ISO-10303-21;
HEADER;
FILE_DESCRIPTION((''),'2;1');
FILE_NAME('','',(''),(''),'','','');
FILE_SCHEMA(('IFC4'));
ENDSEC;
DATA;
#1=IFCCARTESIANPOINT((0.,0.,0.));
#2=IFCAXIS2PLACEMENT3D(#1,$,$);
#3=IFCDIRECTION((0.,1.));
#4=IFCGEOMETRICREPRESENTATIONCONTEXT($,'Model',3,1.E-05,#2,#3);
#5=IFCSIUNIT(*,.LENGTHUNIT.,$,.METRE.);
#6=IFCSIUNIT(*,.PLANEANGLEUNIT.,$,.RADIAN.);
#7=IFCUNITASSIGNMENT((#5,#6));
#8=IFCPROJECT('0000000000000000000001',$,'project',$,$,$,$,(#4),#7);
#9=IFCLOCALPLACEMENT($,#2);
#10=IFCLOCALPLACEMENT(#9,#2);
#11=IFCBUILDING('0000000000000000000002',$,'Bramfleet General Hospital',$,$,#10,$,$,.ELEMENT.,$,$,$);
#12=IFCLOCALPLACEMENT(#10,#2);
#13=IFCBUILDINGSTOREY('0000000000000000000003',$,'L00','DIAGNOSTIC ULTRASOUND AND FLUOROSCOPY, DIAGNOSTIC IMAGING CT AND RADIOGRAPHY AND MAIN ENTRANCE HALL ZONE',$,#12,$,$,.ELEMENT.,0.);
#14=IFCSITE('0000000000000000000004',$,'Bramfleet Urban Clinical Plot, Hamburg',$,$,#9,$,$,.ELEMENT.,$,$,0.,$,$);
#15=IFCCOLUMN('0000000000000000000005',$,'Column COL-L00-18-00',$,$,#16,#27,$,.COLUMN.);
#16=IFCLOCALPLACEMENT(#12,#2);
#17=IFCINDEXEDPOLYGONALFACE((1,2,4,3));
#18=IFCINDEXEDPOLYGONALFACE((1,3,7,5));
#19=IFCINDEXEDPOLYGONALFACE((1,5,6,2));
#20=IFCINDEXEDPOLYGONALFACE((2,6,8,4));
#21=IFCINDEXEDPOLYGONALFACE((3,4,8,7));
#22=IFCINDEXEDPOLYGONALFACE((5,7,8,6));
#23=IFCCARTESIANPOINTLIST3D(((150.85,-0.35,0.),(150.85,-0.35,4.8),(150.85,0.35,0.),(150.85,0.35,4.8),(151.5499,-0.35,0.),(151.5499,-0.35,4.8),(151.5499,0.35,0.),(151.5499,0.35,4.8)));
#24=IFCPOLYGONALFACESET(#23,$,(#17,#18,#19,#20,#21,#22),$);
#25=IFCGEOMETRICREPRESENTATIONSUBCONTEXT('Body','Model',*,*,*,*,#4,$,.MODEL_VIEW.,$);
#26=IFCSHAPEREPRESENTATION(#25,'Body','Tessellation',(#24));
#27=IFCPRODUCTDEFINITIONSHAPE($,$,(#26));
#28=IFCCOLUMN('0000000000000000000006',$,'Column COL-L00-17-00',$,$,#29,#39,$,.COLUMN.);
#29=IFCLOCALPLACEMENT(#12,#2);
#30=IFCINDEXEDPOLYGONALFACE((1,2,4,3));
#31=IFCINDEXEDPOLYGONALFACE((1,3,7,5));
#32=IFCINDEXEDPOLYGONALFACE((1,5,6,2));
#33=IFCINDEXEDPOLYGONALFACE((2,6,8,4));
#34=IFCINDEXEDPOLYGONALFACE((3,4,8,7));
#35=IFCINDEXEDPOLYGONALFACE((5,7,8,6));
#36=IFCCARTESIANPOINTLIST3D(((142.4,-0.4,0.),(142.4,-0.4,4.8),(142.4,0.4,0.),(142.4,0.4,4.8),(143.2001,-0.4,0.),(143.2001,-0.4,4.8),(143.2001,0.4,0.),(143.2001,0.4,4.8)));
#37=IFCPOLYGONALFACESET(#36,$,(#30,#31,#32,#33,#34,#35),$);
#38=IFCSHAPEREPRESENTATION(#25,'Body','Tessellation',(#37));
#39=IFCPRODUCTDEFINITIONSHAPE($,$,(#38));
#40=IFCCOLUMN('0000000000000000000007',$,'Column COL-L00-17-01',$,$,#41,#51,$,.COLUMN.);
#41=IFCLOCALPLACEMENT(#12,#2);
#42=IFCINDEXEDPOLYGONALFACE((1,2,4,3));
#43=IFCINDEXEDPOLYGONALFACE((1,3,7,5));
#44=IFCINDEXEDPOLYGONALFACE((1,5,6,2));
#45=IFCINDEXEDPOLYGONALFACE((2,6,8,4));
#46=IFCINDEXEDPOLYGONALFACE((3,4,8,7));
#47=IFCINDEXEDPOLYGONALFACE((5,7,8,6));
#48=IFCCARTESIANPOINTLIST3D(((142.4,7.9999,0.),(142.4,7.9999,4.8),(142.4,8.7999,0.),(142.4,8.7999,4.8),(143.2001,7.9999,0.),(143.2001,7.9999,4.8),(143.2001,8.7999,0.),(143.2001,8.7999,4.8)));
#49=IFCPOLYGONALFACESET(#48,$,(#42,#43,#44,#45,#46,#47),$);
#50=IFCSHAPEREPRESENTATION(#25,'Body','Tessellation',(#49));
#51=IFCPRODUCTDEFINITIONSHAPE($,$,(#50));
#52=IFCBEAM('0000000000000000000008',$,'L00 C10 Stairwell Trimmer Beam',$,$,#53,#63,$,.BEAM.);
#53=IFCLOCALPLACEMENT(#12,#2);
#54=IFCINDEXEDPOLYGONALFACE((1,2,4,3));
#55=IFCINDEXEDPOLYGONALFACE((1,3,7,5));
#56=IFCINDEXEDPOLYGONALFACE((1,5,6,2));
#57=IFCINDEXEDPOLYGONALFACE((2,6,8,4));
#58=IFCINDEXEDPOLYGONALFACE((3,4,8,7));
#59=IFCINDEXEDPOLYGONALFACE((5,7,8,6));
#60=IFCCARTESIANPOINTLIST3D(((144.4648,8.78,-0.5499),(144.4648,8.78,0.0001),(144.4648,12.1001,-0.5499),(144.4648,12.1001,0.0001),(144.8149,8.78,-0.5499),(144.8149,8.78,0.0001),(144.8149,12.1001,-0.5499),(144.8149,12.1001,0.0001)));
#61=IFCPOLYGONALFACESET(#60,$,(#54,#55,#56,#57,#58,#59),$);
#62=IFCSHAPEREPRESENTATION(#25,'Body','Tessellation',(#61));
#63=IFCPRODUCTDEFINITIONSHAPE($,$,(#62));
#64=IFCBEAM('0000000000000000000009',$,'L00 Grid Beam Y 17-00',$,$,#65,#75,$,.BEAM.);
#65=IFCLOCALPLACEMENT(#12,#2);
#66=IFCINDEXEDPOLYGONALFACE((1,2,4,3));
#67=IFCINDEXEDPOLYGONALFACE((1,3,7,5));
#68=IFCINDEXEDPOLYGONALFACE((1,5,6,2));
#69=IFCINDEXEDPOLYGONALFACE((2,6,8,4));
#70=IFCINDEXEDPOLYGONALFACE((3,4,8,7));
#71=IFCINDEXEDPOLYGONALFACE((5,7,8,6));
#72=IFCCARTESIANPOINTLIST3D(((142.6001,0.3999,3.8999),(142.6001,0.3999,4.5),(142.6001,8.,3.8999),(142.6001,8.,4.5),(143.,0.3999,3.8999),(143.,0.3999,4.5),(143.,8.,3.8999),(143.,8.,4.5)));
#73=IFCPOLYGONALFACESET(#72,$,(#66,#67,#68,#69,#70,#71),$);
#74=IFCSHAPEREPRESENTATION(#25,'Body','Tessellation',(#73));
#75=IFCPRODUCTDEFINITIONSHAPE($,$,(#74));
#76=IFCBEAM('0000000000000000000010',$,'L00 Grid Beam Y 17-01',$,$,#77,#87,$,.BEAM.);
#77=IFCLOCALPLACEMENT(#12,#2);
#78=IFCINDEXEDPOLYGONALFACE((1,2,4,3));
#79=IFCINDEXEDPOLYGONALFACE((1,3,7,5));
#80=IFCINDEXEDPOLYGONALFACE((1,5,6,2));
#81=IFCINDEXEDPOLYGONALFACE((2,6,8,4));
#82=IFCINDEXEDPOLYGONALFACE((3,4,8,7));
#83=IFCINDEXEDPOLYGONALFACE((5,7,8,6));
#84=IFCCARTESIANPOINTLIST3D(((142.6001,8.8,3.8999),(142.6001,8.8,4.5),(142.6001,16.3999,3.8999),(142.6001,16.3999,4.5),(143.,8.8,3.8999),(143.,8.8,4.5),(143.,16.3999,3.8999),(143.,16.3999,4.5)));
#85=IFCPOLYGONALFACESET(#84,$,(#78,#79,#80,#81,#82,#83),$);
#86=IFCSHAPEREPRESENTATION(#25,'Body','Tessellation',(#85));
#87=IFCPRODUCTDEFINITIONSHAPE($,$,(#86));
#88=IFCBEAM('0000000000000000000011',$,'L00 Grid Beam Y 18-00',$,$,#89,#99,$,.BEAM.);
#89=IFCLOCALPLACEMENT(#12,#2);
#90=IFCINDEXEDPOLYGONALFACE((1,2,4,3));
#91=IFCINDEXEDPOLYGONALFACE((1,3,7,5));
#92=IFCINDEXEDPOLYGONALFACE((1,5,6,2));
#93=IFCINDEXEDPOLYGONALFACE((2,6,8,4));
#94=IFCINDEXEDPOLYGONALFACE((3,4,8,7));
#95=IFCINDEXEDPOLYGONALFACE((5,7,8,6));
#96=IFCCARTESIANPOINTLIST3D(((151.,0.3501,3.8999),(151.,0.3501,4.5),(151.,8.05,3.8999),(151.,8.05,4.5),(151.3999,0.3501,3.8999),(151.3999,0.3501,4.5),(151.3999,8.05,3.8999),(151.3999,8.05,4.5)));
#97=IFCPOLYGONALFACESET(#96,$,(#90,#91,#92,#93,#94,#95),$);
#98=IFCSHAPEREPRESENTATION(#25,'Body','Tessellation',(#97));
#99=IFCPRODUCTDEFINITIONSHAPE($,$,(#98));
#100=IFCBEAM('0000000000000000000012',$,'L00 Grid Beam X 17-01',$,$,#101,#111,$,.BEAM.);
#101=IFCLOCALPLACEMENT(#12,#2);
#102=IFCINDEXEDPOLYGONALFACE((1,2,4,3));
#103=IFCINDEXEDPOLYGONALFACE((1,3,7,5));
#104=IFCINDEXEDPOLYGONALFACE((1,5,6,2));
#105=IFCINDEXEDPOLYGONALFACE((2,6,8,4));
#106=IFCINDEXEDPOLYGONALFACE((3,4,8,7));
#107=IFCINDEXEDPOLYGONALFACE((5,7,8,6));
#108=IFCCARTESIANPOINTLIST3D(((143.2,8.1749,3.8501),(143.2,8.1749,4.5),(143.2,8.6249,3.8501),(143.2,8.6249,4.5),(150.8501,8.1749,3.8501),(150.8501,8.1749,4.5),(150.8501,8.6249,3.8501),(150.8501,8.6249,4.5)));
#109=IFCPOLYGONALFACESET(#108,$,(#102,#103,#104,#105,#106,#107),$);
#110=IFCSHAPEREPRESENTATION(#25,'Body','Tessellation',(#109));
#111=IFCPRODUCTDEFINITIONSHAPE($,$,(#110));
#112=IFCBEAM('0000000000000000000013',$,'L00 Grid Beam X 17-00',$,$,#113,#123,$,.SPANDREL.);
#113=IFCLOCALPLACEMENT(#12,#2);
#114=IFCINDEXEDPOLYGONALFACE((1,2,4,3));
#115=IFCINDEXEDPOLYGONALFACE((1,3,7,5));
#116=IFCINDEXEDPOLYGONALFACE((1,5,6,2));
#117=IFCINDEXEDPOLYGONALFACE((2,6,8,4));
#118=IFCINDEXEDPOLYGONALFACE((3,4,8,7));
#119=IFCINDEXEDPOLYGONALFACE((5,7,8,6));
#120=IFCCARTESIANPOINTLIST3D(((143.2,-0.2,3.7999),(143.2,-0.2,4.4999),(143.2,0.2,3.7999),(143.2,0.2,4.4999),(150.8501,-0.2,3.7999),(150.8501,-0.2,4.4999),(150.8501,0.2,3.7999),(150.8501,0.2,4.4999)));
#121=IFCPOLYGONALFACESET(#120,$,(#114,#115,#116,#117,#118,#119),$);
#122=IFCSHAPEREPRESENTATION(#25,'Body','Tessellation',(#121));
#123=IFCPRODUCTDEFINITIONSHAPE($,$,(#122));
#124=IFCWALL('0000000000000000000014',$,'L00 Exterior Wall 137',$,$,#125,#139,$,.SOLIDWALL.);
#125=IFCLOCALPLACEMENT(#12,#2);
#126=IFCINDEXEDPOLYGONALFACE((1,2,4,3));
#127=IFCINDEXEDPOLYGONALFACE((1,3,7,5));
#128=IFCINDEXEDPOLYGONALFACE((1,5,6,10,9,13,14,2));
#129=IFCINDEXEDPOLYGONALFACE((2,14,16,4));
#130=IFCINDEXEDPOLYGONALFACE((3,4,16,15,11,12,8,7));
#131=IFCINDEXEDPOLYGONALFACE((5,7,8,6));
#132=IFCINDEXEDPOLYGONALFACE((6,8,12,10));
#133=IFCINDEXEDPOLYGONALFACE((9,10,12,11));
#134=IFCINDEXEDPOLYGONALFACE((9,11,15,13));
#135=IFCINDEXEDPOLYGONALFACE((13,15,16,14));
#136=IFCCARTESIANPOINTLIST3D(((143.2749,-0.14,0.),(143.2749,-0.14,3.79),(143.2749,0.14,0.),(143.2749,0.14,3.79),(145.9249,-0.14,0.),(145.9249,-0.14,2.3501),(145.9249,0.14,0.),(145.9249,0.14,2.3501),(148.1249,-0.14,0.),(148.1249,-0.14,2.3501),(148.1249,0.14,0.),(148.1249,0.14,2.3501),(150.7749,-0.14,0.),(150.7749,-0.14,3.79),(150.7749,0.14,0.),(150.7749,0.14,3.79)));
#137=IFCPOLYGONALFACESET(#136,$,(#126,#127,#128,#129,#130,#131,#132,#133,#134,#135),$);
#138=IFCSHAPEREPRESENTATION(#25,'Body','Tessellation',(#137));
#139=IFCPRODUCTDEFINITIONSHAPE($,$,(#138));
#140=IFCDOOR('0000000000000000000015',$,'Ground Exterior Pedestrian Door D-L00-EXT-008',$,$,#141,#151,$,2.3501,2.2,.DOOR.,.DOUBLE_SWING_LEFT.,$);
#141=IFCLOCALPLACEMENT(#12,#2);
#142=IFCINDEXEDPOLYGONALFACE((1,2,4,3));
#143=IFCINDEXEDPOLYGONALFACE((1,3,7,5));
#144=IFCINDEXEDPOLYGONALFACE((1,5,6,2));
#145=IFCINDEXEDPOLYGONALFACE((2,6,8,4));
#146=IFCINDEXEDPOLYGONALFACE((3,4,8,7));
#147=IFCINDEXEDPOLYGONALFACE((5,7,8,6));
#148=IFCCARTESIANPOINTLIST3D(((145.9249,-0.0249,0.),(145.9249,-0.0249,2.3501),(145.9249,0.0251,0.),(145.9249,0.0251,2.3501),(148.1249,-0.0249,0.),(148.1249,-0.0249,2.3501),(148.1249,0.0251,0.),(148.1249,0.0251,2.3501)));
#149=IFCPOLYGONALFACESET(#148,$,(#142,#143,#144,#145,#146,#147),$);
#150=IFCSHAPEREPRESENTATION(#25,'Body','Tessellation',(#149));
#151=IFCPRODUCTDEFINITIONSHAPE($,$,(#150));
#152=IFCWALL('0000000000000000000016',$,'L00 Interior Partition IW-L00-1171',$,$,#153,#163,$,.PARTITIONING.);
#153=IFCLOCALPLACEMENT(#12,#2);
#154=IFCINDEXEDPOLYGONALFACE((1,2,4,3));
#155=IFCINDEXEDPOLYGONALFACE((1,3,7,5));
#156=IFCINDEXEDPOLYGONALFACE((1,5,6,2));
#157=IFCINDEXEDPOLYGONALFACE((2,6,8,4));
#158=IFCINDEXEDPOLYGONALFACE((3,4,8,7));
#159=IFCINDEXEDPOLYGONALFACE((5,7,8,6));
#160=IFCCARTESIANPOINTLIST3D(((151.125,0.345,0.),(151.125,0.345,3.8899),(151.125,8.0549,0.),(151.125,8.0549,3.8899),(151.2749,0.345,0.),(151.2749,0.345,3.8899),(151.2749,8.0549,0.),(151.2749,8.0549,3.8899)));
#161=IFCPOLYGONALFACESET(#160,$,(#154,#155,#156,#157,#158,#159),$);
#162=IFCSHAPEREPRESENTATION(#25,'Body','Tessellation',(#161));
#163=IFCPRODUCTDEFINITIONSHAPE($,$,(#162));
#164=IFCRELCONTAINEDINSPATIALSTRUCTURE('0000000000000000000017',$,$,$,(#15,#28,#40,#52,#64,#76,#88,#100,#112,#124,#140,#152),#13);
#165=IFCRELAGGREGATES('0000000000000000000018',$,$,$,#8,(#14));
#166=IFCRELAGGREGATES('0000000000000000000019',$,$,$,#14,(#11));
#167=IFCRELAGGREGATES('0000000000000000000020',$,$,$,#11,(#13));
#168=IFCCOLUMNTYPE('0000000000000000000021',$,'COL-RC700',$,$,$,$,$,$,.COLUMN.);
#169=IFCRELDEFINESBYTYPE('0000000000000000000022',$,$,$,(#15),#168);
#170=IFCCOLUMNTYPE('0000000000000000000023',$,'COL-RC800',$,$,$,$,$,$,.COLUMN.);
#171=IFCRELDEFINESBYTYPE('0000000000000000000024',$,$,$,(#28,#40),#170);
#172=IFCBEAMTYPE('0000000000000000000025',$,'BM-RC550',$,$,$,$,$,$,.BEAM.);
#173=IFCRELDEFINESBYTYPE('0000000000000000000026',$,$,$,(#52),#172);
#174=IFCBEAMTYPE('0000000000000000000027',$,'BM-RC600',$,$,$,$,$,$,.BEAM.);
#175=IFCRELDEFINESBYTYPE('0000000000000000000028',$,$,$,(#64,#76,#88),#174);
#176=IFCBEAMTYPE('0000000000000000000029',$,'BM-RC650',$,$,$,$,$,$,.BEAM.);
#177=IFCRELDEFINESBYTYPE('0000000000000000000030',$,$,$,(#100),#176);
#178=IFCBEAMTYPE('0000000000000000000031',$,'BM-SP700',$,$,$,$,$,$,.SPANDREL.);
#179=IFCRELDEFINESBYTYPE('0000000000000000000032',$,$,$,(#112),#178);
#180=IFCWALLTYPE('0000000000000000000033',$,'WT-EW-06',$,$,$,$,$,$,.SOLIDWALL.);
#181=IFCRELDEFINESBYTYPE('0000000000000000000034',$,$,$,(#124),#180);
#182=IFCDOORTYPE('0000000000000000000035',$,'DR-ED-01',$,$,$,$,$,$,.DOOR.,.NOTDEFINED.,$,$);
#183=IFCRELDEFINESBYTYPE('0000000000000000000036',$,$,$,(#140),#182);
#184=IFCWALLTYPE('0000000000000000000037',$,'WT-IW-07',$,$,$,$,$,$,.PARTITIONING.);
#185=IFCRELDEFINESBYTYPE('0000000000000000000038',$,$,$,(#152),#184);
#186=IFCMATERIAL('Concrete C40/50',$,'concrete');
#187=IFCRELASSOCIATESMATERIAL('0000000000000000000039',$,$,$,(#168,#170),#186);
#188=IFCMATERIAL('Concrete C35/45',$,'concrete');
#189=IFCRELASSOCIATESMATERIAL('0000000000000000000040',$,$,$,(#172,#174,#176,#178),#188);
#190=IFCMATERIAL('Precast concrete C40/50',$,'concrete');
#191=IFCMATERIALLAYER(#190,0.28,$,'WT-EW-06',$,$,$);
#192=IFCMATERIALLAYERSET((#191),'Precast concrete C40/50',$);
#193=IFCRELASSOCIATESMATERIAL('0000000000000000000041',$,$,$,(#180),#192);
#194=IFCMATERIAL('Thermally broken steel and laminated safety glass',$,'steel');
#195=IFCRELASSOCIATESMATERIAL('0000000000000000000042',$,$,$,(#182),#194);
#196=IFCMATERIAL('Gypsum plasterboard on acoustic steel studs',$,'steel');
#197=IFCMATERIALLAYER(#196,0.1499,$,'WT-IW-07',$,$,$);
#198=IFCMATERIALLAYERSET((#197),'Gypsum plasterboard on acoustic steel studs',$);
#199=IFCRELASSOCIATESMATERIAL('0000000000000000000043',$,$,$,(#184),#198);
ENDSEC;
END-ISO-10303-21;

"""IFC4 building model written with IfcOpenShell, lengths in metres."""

from ifc_helpers import new_model, si_unit, direction, frame, frame_2d, origin, origin_2d, place, context, subcontext, project, spatial, rectangle, extrude, material, layer, layer_set, material_profile, profile_set, type_object, element, fill, save


model = new_model("IFC4")

# Units and contexts
model_context = context("Model", 3, precision=1e-05, world=origin(), true_north=direction((0.0, 1.0)))
body_context = subcontext(model_context, "Body", "Model", "MODEL_VIEW")
ifc_project = project(units=[si_unit("LENGTHUNIT", "METRE"), si_unit("PLANEANGLEUNIT", "RADIAN")], contexts=[model_context])

# Site, building, storey
site_placement = place(None, origin())
site = spatial("IfcSite", under=ifc_project, at=site_placement, Name="Bramfleet Urban Clinical Plot, Hamburg", CompositionType="ELEMENT", RefElevation=0.0)
building_placement = place(site_placement, origin())
building = spatial("IfcBuilding", under=site, at=building_placement, Name="Bramfleet General Hospital", CompositionType="ELEMENT")
storey_placement = place(building_placement, origin())
storey = spatial("IfcBuildingStorey", under=building, at=storey_placement, Name="L00", Description="DIAGNOSTIC ULTRASOUND AND FLUOROSCOPY, DIAGNOSTIC IMAGING CT AND RADIOGRAPHY AND MAIN ENTRANCE HALL ZONE", CompositionType="ELEMENT", Elevation=0.0)

# Columns
ifc_material_1 = material(Name="Concrete C40/50", Category="concrete")
ifc_material_profile_1 = material_profile(ifc_material_1, rectangle(XDim=0.7, YDim=0.7, at=origin_2d()), Name="RC COL 700x700")
ifc_profile_set_1 = profile_set([ifc_material_profile_1], Name="Concrete C40/50")
column_type_1 = type_object("IfcColumnType", Name="COL-RC700", PredefinedType="COLUMN", material=ifc_profile_set_1)
column_placement = place(storey_placement, frame((151.2, 0.0, 0.0), z_axis=(0.0, 0.0, 1.0), x_axis=(1.0, 0.0, 0.0)))
element("IfcColumn", 1, at=column_placement, inside=storey, type_object=column_type_1, Name="Column COL-L00-18-00", PredefinedType="COLUMN", context=body_context, shape_type="SweptSolid", body=[
    extrude(rectangle(XDim=0.7, YDim=0.7, at=origin_2d()), origin(), (0.0, 0.0, 1.0), 4.8),
])
ifc_material_profile_2 = material_profile(ifc_material_1, rectangle(XDim=0.8, YDim=0.8, at=origin_2d()), Name="RC COL 800x800")
ifc_profile_set_2 = profile_set([ifc_material_profile_2], Name="Concrete C40/50")
column_type_2 = type_object("IfcColumnType", Name="COL-RC800", PredefinedType="COLUMN", material=ifc_profile_set_2)
for number, where, z_axis, x_axis, name in (
    (2, (142.8, 0.0, 0.0), (0.0, 0.0, 1.0), (1.0, 0.0, 0.0), "Column COL-L00-17-00"),
    (3, (142.8, 8.3999, 0.0), (0.0, 0.0, 1.0), (1.0, 0.0, 0.0), "Column COL-L00-17-01"),
):
    element("IfcColumn", number, at=place(storey_placement, frame(where, z_axis=z_axis, x_axis=x_axis)), inside=storey, type_object=column_type_2, Name=name, PredefinedType="COLUMN", context=body_context, shape_type="SweptSolid", body=[
        extrude(rectangle(XDim=0.8, YDim=0.8, at=origin_2d()), origin(), (0.0, 0.0, 1.0), 4.8),
    ])

# Beams
ifc_material_2 = material(Name="Concrete C35/45", Category="concrete")
ifc_material_profile_3 = material_profile(ifc_material_2, rectangle(XDim=0.3501, YDim=0.55, at=origin_2d()), Name="RC BM 550x350")
ifc_profile_set_3 = profile_set([ifc_material_profile_3], Name="Concrete C35/45")
beam_type_1 = type_object("IfcBeamType", Name="BM-RC550", PredefinedType="BEAM", material=ifc_profile_set_3)
beam_1_placement = place(storey_placement, frame((144.6399, 8.78, -0.2749), z_axis=(0.0, 1.0, 0.0), x_axis=(-1.0, 0.0, 0.0)))
element("IfcBeam", 4, at=beam_1_placement, inside=storey, type_object=beam_type_1, Name="L00 C10 Stairwell Trimmer Beam", PredefinedType="BEAM", context=body_context, shape_type="SweptSolid", body=[
    extrude(rectangle(XDim=0.3501, YDim=0.55, at=origin_2d()), origin(), (0.0, 0.0, 1.0), 3.3201),
])
ifc_material_profile_4 = material_profile(ifc_material_2, rectangle(XDim=0.3999, YDim=0.6001, at=origin_2d()), Name="RC BM 600x400")
ifc_profile_set_4 = profile_set([ifc_material_profile_4], Name="Concrete C35/45")
beam_type_2 = type_object("IfcBeamType", Name="BM-RC600", PredefinedType="BEAM", material=ifc_profile_set_4)
beam_2_placement = place(storey_placement, frame((142.8, 0.3999, 4.2), z_axis=(0.0, 1.0, 0.0), x_axis=(-1.0, 0.0, 0.0)))
element("IfcBeam", 5, at=beam_2_placement, inside=storey, type_object=beam_type_2, Name="L00 Grid Beam Y 17-00", PredefinedType="BEAM", context=body_context, shape_type="SweptSolid", body=[
    extrude(rectangle(XDim=0.3999, YDim=0.6001, at=origin_2d()), origin(), (0.0, 0.0, 1.0), 7.6001),
])
beam_3_placement = place(storey_placement, frame((142.8, 8.8, 4.2), z_axis=(0.0, 1.0, 0.0), x_axis=(-1.0, 0.0, 0.0)))
element("IfcBeam", 6, at=beam_3_placement, inside=storey, type_object=beam_type_2, Name="L00 Grid Beam Y 17-01", PredefinedType="BEAM", context=body_context, shape_type="SweptSolid", body=[
    extrude(rectangle(XDim=0.3999, YDim=0.6001, at=origin_2d()), origin(), (0.0, 0.0, 1.0), 7.5999),
])
beam_4_placement = place(storey_placement, frame((151.2, 0.3501, 4.2), z_axis=(0.0, 1.0, 0.0), x_axis=(-1.0, 0.0, 0.0)))
element("IfcBeam", 7, at=beam_4_placement, inside=storey, type_object=beam_type_2, Name="L00 Grid Beam Y 18-00", PredefinedType="BEAM", context=body_context, shape_type="SweptSolid", body=[
    extrude(rectangle(XDim=0.3999, YDim=0.6001, at=origin_2d()), origin(), (0.0, 0.0, 1.0), 7.7),
])
ifc_material_profile_5 = material_profile(ifc_material_2, rectangle(XDim=0.45, YDim=0.6499, at=origin_2d()), Name="RC BM 650x450")
ifc_profile_set_5 = profile_set([ifc_material_profile_5], Name="Concrete C35/45")
beam_type_3 = type_object("IfcBeamType", Name="BM-RC650", PredefinedType="BEAM", material=ifc_profile_set_5)
beam_5_placement = place(storey_placement, frame((143.2, 8.3999, 4.175), z_axis=(1.0, 0.0, 0.0), x_axis=(0.0, 1.0, 0.0)))
element("IfcBeam", 8, at=beam_5_placement, inside=storey, type_object=beam_type_3, Name="L00 Grid Beam X 17-01", PredefinedType="BEAM", context=body_context, shape_type="SweptSolid", body=[
    extrude(rectangle(XDim=0.45, YDim=0.6499, at=origin_2d()), origin(), (0.0, 0.0, 1.0), 7.6501),
])
ifc_material_profile_6 = material_profile(ifc_material_2, rectangle(XDim=0.3999, YDim=0.7, at=origin_2d()), Name="RC SP 700x400")
ifc_profile_set_6 = profile_set([ifc_material_profile_6], Name="Concrete C35/45")
beam_type_4 = type_object("IfcBeamType", Name="BM-SP700", PredefinedType="SPANDREL", material=ifc_profile_set_6)
beam_6_placement = place(storey_placement, frame((143.2, 0.0, 4.1499), z_axis=(1.0, 0.0, 0.0), x_axis=(0.0, 1.0, 0.0)))
element("IfcBeam", 9, at=beam_6_placement, inside=storey, type_object=beam_type_4, Name="L00 Grid Beam X 17-00", PredefinedType="SPANDREL", context=body_context, shape_type="SweptSolid", body=[
    extrude(rectangle(XDim=0.3999, YDim=0.7, at=origin_2d()), origin(), (0.0, 0.0, 1.0), 7.6501),
])

# Wall, opening, door
ifc_material_3 = material(Name="Precast concrete C40/50", Category="concrete")
ifc_layer_1 = layer(ifc_material_3, 0.28, Name="WT-EW-06")
ifc_layer_set_1 = layer_set([ifc_layer_1], Name="Precast concrete C40/50")
wall_type_1 = type_object("IfcWallType", Name="WT-EW-06", PredefinedType="SOLIDWALL", material=ifc_layer_set_1)
wall_1_placement = place(storey_placement, frame((150.7749, 0.0, 0.0), z_axis=(0.0, 0.0, 1.0), x_axis=(-1.0, 0.0, 0.0)))
wall_1 = element("IfcWall", 10, at=wall_1_placement, inside=storey, type_object=wall_type_1, Name="L00 Exterior Wall 137", PredefinedType="SOLIDWALL", context=body_context, shape_type="SweptSolid", body=[
    extrude(rectangle(XDim=7.5, YDim=0.28, at=frame_2d((3.75, 0.0))), origin(), (0.0, 0.0, 1.0), 3.79),
])
opening_1_placement = place(wall_1_placement, frame((2.6499, 0.0, 0.0)))
opening_1 = element("IfcOpeningElement", 11, at=opening_1_placement, cuts=wall_1, PredefinedType="OPENING", context=body_context, shape_type="SweptSolid", body=[
    extrude(rectangle(XDim=2.2, YDim=2.3501, at=frame_2d((1.1001, 1.175))), frame((0.0, 0.1499, 0.0), z_axis=(0.0, -1.0, 0.0), x_axis=(1.0, 0.0, 0.0)), (0.0, 0.0, 1.0), 0.3),
])
ifc_material_4 = material(Name="Thermally broken steel and laminated safety glass", Category="steel")
door_type_1 = type_object("IfcDoorType", Name="DR-ED-01", OperationType="NOTDEFINED", PredefinedType="DOOR", material=ifc_material_4)
door_1_placement = place(opening_1_placement, origin())
door_1 = element("IfcDoor", 12, at=door_1_placement, inside=storey, type_object=door_type_1, Name="Ground Exterior Pedestrian Door D-L00-EXT-008", OperationType="DOUBLE_SWING_LEFT", OverallHeight=2.3501, OverallWidth=2.2, PredefinedType="DOOR", context=body_context, shape_type="SweptSolid", body=[
    extrude(rectangle(XDim=2.2, YDim=2.3501, at=frame_2d((1.1001, 1.175))), frame((0.0, 0.0249, 0.0), z_axis=(0.0, -1.0, 0.0), x_axis=(1.0, 0.0, 0.0)), (0.0, 0.0, 1.0), 0.05),
])
fill(opening_1, door_1)

# Wall
ifc_material_5 = material(Name="Gypsum plasterboard on acoustic steel studs", Category="steel")
ifc_layer_2 = layer(ifc_material_5, 0.1499, Name="WT-IW-07")
ifc_layer_set_2 = layer_set([ifc_layer_2], Name="Gypsum plasterboard on acoustic steel studs")
wall_type_2 = type_object("IfcWallType", Name="WT-IW-07", PredefinedType="PARTITIONING", material=ifc_layer_set_2)
wall_2_placement = place(storey_placement, frame((151.2, 0.345, 0.0), z_axis=(0.0, 0.0, 1.0), x_axis=(0.0, 1.0, 0.0)))
element("IfcWall", 13, at=wall_2_placement, inside=storey, type_object=wall_type_2, Name="L00 Interior Partition IW-L00-1171", PredefinedType="PARTITIONING", context=body_context, shape_type="SweptSolid", body=[
    extrude(rectangle(XDim=7.71, YDim=0.1499, at=frame_2d((3.855, 0.0))), origin(), (0.0, 0.0, 1.0), 3.8899),
])

save(model, "model.ifc")
